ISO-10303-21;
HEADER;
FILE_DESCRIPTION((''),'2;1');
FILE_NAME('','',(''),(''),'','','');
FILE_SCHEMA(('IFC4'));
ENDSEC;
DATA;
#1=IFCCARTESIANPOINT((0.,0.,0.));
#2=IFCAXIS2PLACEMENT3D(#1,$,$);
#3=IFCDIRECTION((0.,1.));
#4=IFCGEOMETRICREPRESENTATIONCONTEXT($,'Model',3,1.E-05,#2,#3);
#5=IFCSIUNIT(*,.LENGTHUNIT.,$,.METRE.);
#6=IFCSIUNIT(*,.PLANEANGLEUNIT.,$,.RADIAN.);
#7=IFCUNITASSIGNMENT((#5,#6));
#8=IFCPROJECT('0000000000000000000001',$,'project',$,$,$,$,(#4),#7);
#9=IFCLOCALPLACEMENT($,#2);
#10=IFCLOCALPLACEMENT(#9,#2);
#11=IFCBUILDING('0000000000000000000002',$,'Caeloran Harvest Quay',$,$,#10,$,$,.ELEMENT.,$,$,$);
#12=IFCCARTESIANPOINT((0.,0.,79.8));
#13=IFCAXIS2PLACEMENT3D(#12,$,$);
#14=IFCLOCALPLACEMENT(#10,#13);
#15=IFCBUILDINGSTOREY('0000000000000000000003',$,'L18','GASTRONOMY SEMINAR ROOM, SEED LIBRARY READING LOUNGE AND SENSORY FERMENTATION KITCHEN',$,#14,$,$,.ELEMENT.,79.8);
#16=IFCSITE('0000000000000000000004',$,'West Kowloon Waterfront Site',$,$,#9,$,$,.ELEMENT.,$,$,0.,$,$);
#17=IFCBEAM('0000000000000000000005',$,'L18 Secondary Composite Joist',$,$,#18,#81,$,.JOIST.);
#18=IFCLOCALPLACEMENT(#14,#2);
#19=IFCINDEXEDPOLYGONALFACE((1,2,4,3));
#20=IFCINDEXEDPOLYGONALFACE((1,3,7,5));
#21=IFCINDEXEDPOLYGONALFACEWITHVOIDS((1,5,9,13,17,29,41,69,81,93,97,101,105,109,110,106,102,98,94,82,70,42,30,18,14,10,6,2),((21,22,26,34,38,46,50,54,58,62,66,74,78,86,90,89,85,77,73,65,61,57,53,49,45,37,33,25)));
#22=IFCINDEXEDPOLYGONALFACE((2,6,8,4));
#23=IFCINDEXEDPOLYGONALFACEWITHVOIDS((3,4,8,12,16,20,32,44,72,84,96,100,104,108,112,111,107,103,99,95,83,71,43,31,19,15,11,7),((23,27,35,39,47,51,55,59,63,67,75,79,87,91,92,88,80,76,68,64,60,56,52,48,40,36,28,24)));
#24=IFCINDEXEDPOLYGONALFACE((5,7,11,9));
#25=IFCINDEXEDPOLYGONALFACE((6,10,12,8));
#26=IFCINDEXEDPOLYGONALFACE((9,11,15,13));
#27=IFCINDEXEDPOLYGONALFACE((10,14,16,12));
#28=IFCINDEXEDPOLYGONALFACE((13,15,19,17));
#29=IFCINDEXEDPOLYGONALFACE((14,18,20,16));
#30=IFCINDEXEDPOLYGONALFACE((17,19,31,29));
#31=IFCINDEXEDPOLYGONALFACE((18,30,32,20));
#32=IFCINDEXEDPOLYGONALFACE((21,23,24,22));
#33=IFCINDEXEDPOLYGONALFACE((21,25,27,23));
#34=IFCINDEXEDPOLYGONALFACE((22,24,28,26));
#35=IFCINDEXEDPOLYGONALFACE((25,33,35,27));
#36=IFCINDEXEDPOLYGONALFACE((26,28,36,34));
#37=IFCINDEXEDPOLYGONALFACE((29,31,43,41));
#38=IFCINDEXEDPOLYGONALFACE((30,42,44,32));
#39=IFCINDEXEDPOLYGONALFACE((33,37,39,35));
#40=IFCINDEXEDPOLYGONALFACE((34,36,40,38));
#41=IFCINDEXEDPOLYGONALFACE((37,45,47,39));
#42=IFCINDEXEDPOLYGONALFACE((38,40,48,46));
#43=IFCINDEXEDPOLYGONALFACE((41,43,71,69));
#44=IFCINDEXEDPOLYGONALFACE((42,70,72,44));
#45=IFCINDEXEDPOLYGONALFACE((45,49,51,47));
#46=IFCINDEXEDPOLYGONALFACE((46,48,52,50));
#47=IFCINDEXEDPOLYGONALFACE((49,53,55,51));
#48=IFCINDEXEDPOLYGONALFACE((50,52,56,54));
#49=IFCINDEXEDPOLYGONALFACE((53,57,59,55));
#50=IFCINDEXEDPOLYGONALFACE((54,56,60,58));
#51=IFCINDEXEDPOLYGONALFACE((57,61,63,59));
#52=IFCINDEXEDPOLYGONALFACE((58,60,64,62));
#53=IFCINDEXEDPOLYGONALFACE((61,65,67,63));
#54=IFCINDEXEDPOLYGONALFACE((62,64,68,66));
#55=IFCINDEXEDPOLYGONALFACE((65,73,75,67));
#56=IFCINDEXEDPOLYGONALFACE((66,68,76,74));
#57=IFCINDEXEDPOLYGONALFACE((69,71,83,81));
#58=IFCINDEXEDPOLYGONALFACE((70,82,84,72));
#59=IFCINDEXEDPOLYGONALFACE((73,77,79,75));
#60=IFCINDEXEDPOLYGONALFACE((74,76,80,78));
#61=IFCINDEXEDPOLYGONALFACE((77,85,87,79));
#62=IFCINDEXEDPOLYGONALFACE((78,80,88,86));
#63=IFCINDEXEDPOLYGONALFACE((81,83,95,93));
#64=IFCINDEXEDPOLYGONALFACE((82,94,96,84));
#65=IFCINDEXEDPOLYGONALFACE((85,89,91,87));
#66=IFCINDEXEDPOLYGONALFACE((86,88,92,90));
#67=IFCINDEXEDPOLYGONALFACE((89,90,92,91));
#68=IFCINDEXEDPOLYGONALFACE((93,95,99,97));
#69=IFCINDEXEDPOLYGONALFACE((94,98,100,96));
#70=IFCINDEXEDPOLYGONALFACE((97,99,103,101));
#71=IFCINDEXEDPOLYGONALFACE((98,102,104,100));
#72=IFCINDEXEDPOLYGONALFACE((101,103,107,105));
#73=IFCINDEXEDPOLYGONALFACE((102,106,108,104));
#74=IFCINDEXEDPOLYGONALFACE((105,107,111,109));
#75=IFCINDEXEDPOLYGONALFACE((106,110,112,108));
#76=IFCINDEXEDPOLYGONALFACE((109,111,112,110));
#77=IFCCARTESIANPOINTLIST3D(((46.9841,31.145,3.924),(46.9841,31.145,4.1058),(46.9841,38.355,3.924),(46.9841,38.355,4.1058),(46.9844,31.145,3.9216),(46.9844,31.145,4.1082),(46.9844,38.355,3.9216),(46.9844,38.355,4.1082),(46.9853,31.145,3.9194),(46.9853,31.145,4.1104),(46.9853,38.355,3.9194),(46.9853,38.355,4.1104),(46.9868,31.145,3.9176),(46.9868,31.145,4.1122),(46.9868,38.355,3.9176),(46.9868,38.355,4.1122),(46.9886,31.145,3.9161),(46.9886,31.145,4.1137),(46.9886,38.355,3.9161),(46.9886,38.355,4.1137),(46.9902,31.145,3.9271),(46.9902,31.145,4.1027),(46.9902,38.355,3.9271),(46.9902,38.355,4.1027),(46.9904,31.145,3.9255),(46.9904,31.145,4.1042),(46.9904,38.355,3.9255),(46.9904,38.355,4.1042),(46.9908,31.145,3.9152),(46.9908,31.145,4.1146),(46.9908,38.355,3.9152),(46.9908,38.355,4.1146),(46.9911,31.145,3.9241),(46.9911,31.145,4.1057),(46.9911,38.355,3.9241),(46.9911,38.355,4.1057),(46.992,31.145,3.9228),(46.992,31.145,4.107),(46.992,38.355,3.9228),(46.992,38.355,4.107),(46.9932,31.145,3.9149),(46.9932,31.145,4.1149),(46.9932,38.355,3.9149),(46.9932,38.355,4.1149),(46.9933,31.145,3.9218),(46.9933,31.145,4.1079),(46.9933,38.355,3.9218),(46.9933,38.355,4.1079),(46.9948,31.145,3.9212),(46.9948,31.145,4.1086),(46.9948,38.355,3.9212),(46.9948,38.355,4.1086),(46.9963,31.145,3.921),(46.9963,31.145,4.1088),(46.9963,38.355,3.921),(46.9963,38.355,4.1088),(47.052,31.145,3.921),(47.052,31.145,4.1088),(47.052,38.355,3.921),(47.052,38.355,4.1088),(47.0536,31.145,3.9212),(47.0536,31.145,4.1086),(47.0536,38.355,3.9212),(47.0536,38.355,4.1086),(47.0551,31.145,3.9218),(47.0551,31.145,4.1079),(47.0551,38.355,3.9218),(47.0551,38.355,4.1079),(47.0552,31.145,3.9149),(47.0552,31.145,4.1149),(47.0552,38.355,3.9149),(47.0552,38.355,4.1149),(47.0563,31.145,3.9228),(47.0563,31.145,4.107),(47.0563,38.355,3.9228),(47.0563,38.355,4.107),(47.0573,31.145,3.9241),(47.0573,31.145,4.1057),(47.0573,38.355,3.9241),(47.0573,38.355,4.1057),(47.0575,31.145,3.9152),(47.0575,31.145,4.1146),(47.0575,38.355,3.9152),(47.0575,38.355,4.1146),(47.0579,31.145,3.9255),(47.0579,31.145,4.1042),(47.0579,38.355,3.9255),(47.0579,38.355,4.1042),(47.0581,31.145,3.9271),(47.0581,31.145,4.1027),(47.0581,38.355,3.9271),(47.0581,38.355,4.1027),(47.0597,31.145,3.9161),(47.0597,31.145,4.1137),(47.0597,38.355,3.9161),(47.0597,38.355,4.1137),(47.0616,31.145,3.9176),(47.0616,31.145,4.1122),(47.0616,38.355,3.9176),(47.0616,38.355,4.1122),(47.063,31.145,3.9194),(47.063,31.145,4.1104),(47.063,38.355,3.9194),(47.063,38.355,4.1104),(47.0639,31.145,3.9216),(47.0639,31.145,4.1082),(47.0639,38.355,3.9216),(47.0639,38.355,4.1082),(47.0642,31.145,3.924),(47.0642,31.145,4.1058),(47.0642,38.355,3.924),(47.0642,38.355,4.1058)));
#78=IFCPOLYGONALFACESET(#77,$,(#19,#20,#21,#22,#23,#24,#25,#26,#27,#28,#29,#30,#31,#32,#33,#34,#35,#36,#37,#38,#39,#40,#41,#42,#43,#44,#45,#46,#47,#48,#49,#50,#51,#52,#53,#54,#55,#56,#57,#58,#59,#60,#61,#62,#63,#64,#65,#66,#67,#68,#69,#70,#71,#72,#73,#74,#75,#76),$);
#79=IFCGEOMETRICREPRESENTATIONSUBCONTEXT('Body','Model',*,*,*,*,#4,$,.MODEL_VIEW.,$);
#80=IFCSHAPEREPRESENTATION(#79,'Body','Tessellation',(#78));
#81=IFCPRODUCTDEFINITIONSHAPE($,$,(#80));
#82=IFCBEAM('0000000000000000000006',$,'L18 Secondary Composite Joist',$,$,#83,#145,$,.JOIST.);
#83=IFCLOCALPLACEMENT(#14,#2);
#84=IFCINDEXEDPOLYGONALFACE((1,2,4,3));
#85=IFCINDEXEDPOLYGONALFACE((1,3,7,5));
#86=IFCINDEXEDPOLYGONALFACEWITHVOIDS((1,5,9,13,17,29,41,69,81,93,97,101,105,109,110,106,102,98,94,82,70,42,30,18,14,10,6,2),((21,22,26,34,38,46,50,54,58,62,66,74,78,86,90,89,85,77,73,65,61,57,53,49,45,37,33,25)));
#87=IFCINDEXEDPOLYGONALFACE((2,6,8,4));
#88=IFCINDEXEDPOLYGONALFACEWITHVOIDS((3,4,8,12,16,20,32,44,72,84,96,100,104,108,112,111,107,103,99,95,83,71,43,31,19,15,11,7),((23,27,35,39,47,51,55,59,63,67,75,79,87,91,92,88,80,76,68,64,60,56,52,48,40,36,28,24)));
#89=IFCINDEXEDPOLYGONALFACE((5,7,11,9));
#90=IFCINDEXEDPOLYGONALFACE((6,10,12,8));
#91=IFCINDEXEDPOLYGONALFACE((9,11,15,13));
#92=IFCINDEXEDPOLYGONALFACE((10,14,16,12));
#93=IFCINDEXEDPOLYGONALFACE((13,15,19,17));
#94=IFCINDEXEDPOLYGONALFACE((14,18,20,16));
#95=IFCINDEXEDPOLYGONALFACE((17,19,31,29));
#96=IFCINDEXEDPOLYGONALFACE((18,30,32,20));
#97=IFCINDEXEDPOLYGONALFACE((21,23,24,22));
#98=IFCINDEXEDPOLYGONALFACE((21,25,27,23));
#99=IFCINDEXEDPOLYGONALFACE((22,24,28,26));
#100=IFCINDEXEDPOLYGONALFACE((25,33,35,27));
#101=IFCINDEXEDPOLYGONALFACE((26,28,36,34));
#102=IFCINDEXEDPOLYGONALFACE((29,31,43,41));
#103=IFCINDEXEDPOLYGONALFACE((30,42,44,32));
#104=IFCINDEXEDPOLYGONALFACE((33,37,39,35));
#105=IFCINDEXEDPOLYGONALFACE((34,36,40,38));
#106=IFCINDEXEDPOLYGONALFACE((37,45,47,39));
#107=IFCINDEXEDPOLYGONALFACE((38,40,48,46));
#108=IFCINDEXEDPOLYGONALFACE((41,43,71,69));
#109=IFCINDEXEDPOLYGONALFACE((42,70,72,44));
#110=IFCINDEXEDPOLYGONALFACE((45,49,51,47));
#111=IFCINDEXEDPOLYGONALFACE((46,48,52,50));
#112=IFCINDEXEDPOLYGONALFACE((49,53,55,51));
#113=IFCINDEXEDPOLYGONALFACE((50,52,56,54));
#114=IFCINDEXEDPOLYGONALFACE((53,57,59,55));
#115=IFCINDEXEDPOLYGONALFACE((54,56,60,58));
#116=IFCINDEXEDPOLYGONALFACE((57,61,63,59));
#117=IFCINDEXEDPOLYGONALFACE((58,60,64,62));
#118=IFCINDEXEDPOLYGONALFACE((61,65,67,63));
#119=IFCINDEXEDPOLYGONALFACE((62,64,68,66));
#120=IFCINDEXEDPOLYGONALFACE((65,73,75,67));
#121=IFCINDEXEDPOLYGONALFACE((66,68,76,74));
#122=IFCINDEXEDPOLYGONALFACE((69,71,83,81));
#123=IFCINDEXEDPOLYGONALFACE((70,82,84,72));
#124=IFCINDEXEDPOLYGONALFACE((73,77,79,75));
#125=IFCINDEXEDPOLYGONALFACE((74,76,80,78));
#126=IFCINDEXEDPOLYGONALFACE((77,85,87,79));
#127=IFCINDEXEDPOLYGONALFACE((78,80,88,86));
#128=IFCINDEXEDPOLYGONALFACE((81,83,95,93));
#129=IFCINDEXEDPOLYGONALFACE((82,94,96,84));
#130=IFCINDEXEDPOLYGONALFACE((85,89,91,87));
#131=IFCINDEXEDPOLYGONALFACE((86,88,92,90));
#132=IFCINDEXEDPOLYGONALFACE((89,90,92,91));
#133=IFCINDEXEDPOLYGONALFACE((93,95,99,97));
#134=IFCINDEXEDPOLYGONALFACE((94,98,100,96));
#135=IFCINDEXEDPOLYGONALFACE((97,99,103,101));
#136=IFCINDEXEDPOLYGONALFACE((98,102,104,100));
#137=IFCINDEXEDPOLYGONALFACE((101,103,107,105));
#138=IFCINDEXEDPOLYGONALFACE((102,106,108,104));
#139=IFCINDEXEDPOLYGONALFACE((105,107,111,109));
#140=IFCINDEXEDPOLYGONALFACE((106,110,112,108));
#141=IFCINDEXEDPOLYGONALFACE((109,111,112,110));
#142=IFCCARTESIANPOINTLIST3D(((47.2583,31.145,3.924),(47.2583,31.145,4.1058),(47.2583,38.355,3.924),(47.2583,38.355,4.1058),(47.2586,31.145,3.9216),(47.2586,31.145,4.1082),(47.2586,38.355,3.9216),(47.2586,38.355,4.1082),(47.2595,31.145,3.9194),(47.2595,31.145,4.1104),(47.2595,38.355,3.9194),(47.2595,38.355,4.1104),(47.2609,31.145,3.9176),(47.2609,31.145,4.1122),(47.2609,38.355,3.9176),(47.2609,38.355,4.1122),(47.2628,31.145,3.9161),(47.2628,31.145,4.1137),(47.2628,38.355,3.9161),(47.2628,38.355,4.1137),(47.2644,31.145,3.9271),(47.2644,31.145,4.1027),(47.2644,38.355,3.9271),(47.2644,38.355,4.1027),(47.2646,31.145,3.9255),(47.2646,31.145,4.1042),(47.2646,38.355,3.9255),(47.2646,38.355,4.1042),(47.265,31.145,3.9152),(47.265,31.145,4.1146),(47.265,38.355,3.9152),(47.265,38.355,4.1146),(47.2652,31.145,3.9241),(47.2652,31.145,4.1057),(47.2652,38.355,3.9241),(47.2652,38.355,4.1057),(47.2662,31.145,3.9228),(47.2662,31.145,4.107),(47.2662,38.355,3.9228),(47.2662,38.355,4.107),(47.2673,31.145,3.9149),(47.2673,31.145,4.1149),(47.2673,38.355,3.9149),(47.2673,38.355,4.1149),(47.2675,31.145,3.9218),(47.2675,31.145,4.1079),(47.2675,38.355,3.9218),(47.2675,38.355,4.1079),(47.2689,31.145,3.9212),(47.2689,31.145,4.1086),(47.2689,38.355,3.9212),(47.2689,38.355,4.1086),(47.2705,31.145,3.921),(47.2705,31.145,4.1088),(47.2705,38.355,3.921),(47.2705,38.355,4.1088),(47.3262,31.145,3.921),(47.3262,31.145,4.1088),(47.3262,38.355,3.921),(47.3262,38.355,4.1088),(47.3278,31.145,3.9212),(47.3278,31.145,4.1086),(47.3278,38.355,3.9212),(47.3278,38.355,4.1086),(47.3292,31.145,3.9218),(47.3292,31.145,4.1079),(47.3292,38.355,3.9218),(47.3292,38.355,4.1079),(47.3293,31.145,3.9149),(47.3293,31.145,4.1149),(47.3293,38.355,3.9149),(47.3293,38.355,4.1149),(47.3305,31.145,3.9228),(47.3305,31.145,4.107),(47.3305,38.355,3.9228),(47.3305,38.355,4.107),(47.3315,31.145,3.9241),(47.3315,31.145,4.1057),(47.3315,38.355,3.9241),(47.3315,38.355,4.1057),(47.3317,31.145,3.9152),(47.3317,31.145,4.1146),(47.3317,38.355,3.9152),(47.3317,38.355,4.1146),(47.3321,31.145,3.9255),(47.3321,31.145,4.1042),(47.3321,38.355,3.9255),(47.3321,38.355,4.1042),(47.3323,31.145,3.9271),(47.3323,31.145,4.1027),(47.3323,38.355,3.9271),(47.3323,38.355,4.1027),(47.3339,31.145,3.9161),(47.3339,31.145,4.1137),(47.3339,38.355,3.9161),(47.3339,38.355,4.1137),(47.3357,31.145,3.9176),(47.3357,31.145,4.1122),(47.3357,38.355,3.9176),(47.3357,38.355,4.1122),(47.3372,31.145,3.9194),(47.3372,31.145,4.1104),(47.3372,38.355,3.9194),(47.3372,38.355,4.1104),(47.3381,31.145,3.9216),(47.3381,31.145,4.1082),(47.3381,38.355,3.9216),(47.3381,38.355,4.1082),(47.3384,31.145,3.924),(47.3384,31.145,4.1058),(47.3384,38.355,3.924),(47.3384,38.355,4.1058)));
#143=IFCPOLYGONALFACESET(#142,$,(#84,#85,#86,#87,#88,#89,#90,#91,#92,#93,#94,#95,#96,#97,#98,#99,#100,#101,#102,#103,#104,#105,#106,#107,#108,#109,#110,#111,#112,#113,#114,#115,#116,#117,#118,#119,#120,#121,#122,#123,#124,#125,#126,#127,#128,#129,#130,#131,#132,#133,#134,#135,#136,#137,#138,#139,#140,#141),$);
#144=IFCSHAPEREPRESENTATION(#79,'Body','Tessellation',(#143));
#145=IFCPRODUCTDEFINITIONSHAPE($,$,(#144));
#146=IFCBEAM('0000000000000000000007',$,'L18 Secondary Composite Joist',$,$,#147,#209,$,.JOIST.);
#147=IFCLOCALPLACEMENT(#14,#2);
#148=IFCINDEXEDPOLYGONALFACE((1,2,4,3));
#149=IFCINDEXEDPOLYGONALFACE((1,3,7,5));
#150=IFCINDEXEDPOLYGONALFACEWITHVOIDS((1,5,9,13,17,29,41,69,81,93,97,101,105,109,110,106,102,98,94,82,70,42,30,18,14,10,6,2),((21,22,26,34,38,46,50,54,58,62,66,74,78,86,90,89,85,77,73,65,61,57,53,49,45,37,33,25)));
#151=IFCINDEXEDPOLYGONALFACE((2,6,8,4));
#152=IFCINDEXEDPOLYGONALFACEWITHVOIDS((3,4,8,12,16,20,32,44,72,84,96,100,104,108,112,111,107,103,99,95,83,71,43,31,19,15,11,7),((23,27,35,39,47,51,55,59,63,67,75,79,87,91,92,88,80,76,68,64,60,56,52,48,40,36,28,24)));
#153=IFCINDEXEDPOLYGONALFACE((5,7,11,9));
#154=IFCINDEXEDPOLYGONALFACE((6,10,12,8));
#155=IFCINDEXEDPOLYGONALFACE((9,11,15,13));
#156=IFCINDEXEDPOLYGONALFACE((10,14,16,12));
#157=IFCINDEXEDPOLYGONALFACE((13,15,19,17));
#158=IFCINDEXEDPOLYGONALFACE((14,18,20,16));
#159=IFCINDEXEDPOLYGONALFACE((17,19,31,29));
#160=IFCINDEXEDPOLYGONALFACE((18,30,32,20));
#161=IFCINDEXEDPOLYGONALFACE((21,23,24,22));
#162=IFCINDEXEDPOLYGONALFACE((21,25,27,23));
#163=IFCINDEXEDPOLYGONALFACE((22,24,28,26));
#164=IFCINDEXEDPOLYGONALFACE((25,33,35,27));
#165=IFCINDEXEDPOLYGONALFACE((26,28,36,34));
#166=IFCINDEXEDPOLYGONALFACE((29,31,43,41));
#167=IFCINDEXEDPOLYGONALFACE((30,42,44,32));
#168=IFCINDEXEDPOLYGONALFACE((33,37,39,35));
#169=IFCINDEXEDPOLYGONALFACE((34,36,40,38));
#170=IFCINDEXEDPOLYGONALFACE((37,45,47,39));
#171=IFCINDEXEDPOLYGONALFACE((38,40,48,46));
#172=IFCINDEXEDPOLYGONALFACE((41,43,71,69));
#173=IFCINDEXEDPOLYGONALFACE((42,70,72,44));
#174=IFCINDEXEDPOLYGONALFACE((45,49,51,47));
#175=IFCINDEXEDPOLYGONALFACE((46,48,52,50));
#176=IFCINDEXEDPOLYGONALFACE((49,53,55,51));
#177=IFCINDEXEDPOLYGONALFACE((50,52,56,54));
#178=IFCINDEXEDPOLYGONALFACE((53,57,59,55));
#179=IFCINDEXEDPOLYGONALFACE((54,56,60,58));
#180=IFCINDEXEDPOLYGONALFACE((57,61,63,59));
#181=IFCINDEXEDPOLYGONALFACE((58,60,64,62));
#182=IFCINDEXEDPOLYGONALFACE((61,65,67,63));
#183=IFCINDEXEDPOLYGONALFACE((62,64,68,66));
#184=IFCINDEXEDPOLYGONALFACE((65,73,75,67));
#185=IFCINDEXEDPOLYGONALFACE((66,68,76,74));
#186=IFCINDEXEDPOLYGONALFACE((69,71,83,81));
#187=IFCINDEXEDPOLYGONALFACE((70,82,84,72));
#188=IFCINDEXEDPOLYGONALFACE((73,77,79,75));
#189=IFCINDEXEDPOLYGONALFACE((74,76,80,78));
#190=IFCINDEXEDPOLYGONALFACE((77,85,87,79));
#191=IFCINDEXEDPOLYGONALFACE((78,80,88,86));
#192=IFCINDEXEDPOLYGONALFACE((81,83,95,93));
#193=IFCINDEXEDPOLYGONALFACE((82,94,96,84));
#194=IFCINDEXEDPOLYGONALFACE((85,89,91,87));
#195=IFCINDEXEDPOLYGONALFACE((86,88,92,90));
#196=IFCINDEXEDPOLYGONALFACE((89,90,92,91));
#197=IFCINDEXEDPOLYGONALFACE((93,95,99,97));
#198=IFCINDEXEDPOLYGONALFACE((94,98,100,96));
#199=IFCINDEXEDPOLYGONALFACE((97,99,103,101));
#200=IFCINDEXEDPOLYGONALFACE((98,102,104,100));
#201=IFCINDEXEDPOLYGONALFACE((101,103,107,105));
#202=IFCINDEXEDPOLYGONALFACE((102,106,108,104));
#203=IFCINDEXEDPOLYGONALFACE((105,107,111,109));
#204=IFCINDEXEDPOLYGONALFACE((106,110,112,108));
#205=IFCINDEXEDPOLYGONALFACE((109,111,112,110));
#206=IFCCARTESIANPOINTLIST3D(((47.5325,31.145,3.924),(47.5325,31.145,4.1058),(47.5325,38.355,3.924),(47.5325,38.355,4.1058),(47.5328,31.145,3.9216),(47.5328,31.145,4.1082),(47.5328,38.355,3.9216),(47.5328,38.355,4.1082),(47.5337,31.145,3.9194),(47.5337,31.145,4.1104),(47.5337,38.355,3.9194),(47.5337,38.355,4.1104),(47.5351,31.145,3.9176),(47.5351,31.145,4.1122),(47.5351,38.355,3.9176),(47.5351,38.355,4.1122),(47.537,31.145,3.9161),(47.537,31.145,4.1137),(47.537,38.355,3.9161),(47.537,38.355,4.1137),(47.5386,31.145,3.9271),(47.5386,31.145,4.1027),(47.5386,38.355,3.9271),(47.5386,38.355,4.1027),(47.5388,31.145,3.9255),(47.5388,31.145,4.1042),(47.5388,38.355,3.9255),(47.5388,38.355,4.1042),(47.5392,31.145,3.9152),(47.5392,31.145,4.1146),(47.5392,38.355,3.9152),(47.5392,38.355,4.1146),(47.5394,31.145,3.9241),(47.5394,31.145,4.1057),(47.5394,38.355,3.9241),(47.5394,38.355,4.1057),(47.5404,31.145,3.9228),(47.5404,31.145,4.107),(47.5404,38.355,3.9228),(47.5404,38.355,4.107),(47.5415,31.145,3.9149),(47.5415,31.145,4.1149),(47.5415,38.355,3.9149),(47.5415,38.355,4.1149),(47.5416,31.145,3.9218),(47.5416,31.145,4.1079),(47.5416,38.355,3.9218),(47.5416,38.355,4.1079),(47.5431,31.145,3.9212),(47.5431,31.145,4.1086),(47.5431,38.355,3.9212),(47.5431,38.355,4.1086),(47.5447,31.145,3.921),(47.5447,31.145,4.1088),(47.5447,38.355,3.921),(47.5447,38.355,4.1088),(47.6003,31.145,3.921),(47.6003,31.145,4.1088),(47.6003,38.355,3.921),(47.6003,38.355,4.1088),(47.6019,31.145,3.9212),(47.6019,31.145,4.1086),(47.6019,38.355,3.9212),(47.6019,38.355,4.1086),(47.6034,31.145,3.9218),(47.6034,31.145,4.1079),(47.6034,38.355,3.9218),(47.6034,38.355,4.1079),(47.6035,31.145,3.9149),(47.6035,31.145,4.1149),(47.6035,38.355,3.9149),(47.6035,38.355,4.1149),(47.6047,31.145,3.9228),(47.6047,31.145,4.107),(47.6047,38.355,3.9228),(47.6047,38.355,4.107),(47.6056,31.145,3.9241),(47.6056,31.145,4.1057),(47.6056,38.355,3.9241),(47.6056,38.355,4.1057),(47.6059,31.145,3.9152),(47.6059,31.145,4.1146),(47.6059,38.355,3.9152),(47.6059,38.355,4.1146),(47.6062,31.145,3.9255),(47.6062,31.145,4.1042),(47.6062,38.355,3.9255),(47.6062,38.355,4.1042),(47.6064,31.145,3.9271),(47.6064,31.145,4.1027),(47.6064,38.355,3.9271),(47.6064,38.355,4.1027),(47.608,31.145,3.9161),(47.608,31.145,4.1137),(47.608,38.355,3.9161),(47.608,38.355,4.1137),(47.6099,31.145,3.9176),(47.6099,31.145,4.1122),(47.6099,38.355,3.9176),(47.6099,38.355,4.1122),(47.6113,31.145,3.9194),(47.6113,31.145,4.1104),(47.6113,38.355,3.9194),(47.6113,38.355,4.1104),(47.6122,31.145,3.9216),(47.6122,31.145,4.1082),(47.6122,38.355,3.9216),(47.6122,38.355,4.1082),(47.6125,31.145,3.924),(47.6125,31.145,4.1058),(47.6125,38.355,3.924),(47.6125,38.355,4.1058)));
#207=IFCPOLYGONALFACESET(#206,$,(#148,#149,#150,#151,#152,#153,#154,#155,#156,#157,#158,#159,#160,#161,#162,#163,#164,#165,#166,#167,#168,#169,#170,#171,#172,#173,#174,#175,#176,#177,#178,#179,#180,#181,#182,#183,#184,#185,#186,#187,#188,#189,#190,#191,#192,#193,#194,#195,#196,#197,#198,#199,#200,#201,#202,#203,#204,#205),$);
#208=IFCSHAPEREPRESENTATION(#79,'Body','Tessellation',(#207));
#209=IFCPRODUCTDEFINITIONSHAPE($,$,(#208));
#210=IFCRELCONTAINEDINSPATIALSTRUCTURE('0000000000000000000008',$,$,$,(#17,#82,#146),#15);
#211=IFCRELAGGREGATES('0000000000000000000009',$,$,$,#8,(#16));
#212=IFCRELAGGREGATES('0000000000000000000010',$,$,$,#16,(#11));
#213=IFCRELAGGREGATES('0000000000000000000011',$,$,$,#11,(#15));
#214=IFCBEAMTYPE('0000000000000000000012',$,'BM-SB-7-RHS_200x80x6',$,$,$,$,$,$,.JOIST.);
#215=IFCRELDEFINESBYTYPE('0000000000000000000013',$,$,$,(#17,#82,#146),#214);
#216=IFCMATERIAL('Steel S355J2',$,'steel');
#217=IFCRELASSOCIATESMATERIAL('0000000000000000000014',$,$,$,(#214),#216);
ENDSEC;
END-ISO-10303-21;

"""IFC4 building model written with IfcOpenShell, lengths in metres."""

from ifc_helpers import new_model, si_unit, direction, frame, origin, origin_2d, place, context, subcontext, project, spatial, hollow_rectangle, extrude, material, material_profile, profile_set, type_object, element, save


model = new_model("IFC4")

# Units and contexts
model_context = context("Model", 3, precision=1e-05, world=origin(), true_north=direction((0.0, 1.0)))
body_context = subcontext(model_context, "Body", "Model", "MODEL_VIEW")
ifc_project = project(units=[si_unit("LENGTHUNIT", "METRE"), si_unit("PLANEANGLEUNIT", "RADIAN")], contexts=[model_context])

# Site, building, storey
site_placement = place(None, origin())
site = spatial("IfcSite", under=ifc_project, at=site_placement, Name="West Kowloon Waterfront Site", CompositionType="ELEMENT", RefElevation=0.0)
building_placement = place(site_placement, origin())
building = spatial("IfcBuilding", under=site, at=building_placement, Name="Caeloran Harvest Quay", CompositionType="ELEMENT")
storey_placement = place(building_placement, frame((0.0, 0.0, 79.8)))
storey = spatial("IfcBuildingStorey", under=building, at=storey_placement, Name="L18", Description="GASTRONOMY SEMINAR ROOM, SEED LIBRARY READING LOUNGE AND SENSORY FERMENTATION KITCHEN", CompositionType="ELEMENT", Elevation=79.8)

# Beams
ifc_material_1 = material(Name="Steel S355J2", Category="steel")
ifc_material_profile_1 = material_profile(ifc_material_1, hollow_rectangle(XDim=0.0801, YDim=0.2, WallThickness=0.0061, InnerFilletRadius=0.0061, OuterFilletRadius=0.009, at=origin_2d()), Name="RHS 200x80x6")
ifc_profile_set_1 = profile_set([ifc_material_profile_1], Name="Steel S355J2")
beam_type_1 = type_object("IfcBeamType", Name="BM-SB-7-RHS_200x80x6", PredefinedType="JOIST", material=ifc_profile_set_1)
for number, where, z_axis, x_axis, name in (
    (1, (47.0242, 31.145, 4.0149), (0.0, 1.0, 0.0), (-1.0, 0.0, 0.0), "L18 Secondary Composite Joist"),
    (2, (47.2983, 31.145, 4.0149), (0.0, 1.0, 0.0), (-1.0, 0.0, 0.0), "L18 Secondary Composite Joist"),
    (3, (47.5725, 31.145, 4.0149), (0.0, 1.0, 0.0), (-1.0, 0.0, 0.0), "L18 Secondary Composite Joist"),
):
    element("IfcBeam", number, at=place(storey_placement, frame(where, z_axis=z_axis, x_axis=x_axis)), inside=storey, type_object=beam_type_1, Name=name, PredefinedType="JOIST", context=body_context, shape_type="SweptSolid", body=[
        extrude(hollow_rectangle(XDim=0.0801, YDim=0.2, WallThickness=0.0061, InnerFilletRadius=0.0061, OuterFilletRadius=0.009, at=origin_2d()), origin(), (0.0, 0.0, 1.0), 7.21),
    ])

save(model, "model.ifc")
